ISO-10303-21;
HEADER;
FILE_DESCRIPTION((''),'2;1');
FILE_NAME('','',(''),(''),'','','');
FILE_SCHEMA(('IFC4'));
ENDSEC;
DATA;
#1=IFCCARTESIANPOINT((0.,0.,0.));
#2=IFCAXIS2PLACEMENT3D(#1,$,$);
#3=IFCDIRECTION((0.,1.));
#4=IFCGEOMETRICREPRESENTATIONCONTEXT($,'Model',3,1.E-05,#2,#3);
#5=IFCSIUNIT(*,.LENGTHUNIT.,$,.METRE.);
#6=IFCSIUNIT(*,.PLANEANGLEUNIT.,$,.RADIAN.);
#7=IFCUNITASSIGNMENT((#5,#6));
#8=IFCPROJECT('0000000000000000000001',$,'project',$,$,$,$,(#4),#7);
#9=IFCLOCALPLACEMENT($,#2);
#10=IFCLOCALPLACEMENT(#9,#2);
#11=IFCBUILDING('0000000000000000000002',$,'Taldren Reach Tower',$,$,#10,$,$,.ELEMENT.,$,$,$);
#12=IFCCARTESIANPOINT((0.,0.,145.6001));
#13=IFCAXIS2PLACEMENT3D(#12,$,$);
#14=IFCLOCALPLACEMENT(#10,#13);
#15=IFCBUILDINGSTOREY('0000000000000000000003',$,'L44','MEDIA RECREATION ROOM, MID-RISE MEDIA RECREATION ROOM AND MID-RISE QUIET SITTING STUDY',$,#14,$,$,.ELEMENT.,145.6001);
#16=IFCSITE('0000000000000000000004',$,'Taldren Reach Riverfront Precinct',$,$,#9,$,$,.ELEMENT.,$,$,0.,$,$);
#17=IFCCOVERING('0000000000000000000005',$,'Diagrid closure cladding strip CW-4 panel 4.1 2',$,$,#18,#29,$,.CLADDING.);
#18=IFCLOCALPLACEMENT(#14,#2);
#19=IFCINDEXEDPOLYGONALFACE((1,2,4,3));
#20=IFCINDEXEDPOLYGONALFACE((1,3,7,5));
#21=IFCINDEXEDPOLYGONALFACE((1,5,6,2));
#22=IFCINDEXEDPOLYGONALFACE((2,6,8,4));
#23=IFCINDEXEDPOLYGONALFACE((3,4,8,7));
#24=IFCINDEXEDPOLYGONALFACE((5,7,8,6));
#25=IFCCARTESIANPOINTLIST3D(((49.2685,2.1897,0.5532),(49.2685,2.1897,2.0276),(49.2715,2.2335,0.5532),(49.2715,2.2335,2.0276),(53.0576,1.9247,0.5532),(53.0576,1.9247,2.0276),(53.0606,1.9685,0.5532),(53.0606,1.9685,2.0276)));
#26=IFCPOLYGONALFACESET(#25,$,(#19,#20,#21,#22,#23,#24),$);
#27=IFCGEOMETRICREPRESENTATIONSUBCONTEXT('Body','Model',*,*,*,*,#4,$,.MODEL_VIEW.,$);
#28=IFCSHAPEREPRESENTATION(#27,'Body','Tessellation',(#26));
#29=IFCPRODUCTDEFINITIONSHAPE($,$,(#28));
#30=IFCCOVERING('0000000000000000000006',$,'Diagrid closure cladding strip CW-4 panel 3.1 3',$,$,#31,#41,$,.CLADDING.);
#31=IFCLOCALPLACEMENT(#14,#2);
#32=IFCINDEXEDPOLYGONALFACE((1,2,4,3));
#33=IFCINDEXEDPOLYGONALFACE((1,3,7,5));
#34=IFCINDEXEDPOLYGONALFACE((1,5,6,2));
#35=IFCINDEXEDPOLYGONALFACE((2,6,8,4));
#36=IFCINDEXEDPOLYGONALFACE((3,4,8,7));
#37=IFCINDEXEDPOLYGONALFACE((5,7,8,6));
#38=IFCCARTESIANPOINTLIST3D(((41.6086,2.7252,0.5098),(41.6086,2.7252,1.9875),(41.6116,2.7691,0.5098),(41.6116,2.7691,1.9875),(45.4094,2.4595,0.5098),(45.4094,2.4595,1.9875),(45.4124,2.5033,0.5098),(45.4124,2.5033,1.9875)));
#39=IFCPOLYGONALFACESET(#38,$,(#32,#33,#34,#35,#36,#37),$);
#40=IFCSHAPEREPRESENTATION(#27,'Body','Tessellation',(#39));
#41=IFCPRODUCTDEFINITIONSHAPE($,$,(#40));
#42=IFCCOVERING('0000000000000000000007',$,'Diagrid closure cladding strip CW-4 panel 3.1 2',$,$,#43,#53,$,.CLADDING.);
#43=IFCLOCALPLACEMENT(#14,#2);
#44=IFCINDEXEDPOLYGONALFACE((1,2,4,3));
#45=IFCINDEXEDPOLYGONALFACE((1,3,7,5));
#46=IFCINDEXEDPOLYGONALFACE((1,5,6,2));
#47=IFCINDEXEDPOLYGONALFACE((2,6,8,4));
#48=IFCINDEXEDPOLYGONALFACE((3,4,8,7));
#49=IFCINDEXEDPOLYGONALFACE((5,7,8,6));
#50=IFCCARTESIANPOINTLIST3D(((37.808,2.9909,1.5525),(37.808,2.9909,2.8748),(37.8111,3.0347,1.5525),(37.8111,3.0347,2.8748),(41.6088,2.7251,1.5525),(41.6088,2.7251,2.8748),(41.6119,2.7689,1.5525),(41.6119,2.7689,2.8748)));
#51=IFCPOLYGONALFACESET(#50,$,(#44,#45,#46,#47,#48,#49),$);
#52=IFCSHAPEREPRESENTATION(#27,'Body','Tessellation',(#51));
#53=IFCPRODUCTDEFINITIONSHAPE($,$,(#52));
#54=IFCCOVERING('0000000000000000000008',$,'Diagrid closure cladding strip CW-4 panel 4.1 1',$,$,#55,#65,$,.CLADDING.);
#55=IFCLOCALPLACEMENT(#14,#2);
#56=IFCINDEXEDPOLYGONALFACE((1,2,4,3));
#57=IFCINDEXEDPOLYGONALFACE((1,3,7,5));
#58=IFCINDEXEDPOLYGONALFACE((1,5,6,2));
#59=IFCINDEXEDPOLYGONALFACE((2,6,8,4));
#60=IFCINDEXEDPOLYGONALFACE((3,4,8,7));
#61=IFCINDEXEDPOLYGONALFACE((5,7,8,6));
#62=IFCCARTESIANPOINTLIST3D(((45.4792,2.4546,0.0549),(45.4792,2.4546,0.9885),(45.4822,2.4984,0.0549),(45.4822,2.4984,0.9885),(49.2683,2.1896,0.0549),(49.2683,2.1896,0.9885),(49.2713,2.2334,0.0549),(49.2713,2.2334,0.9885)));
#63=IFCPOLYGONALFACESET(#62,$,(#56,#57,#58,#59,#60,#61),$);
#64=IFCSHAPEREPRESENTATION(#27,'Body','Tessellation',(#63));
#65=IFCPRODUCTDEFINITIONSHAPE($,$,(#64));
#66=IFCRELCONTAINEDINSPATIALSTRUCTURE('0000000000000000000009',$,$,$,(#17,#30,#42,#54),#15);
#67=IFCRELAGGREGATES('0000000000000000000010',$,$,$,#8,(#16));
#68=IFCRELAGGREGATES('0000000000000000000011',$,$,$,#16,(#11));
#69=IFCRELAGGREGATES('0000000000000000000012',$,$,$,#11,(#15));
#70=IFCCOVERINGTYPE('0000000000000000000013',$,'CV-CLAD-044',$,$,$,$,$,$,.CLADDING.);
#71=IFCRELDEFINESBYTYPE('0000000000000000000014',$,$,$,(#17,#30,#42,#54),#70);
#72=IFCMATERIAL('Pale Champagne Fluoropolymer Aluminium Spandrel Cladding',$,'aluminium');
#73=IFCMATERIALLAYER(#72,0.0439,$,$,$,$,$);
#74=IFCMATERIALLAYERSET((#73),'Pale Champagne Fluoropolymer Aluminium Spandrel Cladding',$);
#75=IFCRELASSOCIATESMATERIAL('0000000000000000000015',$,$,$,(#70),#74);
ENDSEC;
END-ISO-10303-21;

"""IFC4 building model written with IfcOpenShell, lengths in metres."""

from ifc_helpers import new_model, si_unit, direction, frame, origin, origin_2d, place, context, subcontext, project, spatial, rectangle, extrude, source, transform, mapped, material, layer, layer_set, type_object, element, save


model = new_model("IFC4")

# Units and contexts
model_context = context("Model", 3, precision=1e-05, world=origin(), true_north=direction((0.0, 1.0)))
body_context = subcontext(model_context, "Body", "Model", "MODEL_VIEW")
ifc_project = project(units=[si_unit("LENGTHUNIT", "METRE"), si_unit("PLANEANGLEUNIT", "RADIAN")], contexts=[model_context])

# Site, building, storey
site_placement = place(None, origin())
site = spatial("IfcSite", under=ifc_project, at=site_placement, Name="Taldren Reach Riverfront Precinct", CompositionType="ELEMENT", RefElevation=0.0)
building_placement = place(site_placement, origin())
building = spatial("IfcBuilding", under=site, at=building_placement, Name="Taldren Reach Tower", CompositionType="ELEMENT")
storey_placement = place(building_placement, frame((0.0, 0.0, 145.6001)))
storey = spatial("IfcBuildingStorey", under=building, at=storey_placement, Name="L44", Description="MEDIA RECREATION ROOM, MID-RISE MEDIA RECREATION ROOM AND MID-RISE QUIET SITTING STUDY", CompositionType="ELEMENT", Elevation=145.6001)

# Coverings
ifc_material_1 = material(Name="Pale Champagne Fluoropolymer Aluminium Spandrel Cladding", Category="aluminium")
ifc_layer_1 = layer(ifc_material_1, 0.0439)
ifc_layer_set_1 = layer_set([ifc_layer_1], Name="Pale Champagne Fluoropolymer Aluminium Spandrel Cladding")
covering_type = type_object("IfcCoveringType", Name="CV-CLAD-044", PredefinedType="CLADDING", material=ifc_layer_set_1)
shared_shape_1 = source(origin(), body_context, "Body", "SweptSolid", [
    extrude(rectangle(XDim=3.7983, YDim=0.0439, at=origin_2d()), origin(), (0.0, 0.0, 1.0), 1.4744),
])
covering_1_placement = place(storey_placement, frame((51.1646, 2.0791, 0.5532), z_axis=(0.0, 0.0, 1.0), x_axis=(0.997564, -0.069757, 0.0)))
element("IfcCovering", 1, at=covering_1_placement, inside=storey, type_object=covering_type, Name="Diagrid closure cladding strip CW-4 panel 4.1 2", PredefinedType="CLADDING", context=body_context, shape_type="MappedRepresentation", body=[
    mapped(shared_shape_1, transform((0.0, 0.0, 0.0), scale=1.0)),
])
shared_shape_2 = source(origin(), body_context, "Body", "SweptSolid", [
    extrude(rectangle(XDim=3.8101, YDim=0.0439, at=origin_2d()), origin(), (0.0, 0.0, 1.0), 1.4778),
])
covering_2_placement = place(storey_placement, frame((43.5105, 2.6143, 0.5098), z_axis=(0.0, 0.0, 1.0), x_axis=(0.997564, -0.069757, 0.0)))
element("IfcCovering", 2, at=covering_2_placement, inside=storey, type_object=covering_type, Name="Diagrid closure cladding strip CW-4 panel 3.1 3", PredefinedType="CLADDING", context=body_context, shape_type="MappedRepresentation", body=[
    mapped(shared_shape_2, transform((0.0, 0.0, 0.0), scale=1.0)),
])
shared_shape_3 = source(origin(), body_context, "Body", "SweptSolid", [
    extrude(rectangle(XDim=3.8101, YDim=0.0439, at=origin_2d()), origin(), (0.0, 0.0, 1.0), 1.3223),
])
covering_3_placement = place(storey_placement, frame((39.71, 2.8799, 1.5525), z_axis=(0.0, 0.0, 1.0), x_axis=(0.997564, -0.069757, 0.0)))
element("IfcCovering", 3, at=covering_3_placement, inside=storey, type_object=covering_type, Name="Diagrid closure cladding strip CW-4 panel 3.1 2", PredefinedType="CLADDING", context=body_context, shape_type="MappedRepresentation", body=[
    mapped(shared_shape_3, transform((0.0, 0.0, 0.0), scale=1.0)),
])
shared_shape_4 = source(origin(), body_context, "Body", "SweptSolid", [
    extrude(rectangle(XDim=3.7983, YDim=0.0439, at=origin_2d()), origin(), (0.0, 0.0, 1.0), 0.9336),
])
covering_4_placement = place(storey_placement, frame((47.3752, 2.344, 0.0549), z_axis=(0.0, 0.0, 1.0), x_axis=(0.997564, -0.069757, 0.0)))
element("IfcCovering", 4, at=covering_4_placement, inside=storey, type_object=covering_type, Name="Diagrid closure cladding strip CW-4 panel 4.1 1", PredefinedType="CLADDING", context=body_context, shape_type="MappedRepresentation", body=[
    mapped(shared_shape_4, transform((0.0, 0.0, 0.0), scale=1.0)),
])

save(model, "model.ifc")
